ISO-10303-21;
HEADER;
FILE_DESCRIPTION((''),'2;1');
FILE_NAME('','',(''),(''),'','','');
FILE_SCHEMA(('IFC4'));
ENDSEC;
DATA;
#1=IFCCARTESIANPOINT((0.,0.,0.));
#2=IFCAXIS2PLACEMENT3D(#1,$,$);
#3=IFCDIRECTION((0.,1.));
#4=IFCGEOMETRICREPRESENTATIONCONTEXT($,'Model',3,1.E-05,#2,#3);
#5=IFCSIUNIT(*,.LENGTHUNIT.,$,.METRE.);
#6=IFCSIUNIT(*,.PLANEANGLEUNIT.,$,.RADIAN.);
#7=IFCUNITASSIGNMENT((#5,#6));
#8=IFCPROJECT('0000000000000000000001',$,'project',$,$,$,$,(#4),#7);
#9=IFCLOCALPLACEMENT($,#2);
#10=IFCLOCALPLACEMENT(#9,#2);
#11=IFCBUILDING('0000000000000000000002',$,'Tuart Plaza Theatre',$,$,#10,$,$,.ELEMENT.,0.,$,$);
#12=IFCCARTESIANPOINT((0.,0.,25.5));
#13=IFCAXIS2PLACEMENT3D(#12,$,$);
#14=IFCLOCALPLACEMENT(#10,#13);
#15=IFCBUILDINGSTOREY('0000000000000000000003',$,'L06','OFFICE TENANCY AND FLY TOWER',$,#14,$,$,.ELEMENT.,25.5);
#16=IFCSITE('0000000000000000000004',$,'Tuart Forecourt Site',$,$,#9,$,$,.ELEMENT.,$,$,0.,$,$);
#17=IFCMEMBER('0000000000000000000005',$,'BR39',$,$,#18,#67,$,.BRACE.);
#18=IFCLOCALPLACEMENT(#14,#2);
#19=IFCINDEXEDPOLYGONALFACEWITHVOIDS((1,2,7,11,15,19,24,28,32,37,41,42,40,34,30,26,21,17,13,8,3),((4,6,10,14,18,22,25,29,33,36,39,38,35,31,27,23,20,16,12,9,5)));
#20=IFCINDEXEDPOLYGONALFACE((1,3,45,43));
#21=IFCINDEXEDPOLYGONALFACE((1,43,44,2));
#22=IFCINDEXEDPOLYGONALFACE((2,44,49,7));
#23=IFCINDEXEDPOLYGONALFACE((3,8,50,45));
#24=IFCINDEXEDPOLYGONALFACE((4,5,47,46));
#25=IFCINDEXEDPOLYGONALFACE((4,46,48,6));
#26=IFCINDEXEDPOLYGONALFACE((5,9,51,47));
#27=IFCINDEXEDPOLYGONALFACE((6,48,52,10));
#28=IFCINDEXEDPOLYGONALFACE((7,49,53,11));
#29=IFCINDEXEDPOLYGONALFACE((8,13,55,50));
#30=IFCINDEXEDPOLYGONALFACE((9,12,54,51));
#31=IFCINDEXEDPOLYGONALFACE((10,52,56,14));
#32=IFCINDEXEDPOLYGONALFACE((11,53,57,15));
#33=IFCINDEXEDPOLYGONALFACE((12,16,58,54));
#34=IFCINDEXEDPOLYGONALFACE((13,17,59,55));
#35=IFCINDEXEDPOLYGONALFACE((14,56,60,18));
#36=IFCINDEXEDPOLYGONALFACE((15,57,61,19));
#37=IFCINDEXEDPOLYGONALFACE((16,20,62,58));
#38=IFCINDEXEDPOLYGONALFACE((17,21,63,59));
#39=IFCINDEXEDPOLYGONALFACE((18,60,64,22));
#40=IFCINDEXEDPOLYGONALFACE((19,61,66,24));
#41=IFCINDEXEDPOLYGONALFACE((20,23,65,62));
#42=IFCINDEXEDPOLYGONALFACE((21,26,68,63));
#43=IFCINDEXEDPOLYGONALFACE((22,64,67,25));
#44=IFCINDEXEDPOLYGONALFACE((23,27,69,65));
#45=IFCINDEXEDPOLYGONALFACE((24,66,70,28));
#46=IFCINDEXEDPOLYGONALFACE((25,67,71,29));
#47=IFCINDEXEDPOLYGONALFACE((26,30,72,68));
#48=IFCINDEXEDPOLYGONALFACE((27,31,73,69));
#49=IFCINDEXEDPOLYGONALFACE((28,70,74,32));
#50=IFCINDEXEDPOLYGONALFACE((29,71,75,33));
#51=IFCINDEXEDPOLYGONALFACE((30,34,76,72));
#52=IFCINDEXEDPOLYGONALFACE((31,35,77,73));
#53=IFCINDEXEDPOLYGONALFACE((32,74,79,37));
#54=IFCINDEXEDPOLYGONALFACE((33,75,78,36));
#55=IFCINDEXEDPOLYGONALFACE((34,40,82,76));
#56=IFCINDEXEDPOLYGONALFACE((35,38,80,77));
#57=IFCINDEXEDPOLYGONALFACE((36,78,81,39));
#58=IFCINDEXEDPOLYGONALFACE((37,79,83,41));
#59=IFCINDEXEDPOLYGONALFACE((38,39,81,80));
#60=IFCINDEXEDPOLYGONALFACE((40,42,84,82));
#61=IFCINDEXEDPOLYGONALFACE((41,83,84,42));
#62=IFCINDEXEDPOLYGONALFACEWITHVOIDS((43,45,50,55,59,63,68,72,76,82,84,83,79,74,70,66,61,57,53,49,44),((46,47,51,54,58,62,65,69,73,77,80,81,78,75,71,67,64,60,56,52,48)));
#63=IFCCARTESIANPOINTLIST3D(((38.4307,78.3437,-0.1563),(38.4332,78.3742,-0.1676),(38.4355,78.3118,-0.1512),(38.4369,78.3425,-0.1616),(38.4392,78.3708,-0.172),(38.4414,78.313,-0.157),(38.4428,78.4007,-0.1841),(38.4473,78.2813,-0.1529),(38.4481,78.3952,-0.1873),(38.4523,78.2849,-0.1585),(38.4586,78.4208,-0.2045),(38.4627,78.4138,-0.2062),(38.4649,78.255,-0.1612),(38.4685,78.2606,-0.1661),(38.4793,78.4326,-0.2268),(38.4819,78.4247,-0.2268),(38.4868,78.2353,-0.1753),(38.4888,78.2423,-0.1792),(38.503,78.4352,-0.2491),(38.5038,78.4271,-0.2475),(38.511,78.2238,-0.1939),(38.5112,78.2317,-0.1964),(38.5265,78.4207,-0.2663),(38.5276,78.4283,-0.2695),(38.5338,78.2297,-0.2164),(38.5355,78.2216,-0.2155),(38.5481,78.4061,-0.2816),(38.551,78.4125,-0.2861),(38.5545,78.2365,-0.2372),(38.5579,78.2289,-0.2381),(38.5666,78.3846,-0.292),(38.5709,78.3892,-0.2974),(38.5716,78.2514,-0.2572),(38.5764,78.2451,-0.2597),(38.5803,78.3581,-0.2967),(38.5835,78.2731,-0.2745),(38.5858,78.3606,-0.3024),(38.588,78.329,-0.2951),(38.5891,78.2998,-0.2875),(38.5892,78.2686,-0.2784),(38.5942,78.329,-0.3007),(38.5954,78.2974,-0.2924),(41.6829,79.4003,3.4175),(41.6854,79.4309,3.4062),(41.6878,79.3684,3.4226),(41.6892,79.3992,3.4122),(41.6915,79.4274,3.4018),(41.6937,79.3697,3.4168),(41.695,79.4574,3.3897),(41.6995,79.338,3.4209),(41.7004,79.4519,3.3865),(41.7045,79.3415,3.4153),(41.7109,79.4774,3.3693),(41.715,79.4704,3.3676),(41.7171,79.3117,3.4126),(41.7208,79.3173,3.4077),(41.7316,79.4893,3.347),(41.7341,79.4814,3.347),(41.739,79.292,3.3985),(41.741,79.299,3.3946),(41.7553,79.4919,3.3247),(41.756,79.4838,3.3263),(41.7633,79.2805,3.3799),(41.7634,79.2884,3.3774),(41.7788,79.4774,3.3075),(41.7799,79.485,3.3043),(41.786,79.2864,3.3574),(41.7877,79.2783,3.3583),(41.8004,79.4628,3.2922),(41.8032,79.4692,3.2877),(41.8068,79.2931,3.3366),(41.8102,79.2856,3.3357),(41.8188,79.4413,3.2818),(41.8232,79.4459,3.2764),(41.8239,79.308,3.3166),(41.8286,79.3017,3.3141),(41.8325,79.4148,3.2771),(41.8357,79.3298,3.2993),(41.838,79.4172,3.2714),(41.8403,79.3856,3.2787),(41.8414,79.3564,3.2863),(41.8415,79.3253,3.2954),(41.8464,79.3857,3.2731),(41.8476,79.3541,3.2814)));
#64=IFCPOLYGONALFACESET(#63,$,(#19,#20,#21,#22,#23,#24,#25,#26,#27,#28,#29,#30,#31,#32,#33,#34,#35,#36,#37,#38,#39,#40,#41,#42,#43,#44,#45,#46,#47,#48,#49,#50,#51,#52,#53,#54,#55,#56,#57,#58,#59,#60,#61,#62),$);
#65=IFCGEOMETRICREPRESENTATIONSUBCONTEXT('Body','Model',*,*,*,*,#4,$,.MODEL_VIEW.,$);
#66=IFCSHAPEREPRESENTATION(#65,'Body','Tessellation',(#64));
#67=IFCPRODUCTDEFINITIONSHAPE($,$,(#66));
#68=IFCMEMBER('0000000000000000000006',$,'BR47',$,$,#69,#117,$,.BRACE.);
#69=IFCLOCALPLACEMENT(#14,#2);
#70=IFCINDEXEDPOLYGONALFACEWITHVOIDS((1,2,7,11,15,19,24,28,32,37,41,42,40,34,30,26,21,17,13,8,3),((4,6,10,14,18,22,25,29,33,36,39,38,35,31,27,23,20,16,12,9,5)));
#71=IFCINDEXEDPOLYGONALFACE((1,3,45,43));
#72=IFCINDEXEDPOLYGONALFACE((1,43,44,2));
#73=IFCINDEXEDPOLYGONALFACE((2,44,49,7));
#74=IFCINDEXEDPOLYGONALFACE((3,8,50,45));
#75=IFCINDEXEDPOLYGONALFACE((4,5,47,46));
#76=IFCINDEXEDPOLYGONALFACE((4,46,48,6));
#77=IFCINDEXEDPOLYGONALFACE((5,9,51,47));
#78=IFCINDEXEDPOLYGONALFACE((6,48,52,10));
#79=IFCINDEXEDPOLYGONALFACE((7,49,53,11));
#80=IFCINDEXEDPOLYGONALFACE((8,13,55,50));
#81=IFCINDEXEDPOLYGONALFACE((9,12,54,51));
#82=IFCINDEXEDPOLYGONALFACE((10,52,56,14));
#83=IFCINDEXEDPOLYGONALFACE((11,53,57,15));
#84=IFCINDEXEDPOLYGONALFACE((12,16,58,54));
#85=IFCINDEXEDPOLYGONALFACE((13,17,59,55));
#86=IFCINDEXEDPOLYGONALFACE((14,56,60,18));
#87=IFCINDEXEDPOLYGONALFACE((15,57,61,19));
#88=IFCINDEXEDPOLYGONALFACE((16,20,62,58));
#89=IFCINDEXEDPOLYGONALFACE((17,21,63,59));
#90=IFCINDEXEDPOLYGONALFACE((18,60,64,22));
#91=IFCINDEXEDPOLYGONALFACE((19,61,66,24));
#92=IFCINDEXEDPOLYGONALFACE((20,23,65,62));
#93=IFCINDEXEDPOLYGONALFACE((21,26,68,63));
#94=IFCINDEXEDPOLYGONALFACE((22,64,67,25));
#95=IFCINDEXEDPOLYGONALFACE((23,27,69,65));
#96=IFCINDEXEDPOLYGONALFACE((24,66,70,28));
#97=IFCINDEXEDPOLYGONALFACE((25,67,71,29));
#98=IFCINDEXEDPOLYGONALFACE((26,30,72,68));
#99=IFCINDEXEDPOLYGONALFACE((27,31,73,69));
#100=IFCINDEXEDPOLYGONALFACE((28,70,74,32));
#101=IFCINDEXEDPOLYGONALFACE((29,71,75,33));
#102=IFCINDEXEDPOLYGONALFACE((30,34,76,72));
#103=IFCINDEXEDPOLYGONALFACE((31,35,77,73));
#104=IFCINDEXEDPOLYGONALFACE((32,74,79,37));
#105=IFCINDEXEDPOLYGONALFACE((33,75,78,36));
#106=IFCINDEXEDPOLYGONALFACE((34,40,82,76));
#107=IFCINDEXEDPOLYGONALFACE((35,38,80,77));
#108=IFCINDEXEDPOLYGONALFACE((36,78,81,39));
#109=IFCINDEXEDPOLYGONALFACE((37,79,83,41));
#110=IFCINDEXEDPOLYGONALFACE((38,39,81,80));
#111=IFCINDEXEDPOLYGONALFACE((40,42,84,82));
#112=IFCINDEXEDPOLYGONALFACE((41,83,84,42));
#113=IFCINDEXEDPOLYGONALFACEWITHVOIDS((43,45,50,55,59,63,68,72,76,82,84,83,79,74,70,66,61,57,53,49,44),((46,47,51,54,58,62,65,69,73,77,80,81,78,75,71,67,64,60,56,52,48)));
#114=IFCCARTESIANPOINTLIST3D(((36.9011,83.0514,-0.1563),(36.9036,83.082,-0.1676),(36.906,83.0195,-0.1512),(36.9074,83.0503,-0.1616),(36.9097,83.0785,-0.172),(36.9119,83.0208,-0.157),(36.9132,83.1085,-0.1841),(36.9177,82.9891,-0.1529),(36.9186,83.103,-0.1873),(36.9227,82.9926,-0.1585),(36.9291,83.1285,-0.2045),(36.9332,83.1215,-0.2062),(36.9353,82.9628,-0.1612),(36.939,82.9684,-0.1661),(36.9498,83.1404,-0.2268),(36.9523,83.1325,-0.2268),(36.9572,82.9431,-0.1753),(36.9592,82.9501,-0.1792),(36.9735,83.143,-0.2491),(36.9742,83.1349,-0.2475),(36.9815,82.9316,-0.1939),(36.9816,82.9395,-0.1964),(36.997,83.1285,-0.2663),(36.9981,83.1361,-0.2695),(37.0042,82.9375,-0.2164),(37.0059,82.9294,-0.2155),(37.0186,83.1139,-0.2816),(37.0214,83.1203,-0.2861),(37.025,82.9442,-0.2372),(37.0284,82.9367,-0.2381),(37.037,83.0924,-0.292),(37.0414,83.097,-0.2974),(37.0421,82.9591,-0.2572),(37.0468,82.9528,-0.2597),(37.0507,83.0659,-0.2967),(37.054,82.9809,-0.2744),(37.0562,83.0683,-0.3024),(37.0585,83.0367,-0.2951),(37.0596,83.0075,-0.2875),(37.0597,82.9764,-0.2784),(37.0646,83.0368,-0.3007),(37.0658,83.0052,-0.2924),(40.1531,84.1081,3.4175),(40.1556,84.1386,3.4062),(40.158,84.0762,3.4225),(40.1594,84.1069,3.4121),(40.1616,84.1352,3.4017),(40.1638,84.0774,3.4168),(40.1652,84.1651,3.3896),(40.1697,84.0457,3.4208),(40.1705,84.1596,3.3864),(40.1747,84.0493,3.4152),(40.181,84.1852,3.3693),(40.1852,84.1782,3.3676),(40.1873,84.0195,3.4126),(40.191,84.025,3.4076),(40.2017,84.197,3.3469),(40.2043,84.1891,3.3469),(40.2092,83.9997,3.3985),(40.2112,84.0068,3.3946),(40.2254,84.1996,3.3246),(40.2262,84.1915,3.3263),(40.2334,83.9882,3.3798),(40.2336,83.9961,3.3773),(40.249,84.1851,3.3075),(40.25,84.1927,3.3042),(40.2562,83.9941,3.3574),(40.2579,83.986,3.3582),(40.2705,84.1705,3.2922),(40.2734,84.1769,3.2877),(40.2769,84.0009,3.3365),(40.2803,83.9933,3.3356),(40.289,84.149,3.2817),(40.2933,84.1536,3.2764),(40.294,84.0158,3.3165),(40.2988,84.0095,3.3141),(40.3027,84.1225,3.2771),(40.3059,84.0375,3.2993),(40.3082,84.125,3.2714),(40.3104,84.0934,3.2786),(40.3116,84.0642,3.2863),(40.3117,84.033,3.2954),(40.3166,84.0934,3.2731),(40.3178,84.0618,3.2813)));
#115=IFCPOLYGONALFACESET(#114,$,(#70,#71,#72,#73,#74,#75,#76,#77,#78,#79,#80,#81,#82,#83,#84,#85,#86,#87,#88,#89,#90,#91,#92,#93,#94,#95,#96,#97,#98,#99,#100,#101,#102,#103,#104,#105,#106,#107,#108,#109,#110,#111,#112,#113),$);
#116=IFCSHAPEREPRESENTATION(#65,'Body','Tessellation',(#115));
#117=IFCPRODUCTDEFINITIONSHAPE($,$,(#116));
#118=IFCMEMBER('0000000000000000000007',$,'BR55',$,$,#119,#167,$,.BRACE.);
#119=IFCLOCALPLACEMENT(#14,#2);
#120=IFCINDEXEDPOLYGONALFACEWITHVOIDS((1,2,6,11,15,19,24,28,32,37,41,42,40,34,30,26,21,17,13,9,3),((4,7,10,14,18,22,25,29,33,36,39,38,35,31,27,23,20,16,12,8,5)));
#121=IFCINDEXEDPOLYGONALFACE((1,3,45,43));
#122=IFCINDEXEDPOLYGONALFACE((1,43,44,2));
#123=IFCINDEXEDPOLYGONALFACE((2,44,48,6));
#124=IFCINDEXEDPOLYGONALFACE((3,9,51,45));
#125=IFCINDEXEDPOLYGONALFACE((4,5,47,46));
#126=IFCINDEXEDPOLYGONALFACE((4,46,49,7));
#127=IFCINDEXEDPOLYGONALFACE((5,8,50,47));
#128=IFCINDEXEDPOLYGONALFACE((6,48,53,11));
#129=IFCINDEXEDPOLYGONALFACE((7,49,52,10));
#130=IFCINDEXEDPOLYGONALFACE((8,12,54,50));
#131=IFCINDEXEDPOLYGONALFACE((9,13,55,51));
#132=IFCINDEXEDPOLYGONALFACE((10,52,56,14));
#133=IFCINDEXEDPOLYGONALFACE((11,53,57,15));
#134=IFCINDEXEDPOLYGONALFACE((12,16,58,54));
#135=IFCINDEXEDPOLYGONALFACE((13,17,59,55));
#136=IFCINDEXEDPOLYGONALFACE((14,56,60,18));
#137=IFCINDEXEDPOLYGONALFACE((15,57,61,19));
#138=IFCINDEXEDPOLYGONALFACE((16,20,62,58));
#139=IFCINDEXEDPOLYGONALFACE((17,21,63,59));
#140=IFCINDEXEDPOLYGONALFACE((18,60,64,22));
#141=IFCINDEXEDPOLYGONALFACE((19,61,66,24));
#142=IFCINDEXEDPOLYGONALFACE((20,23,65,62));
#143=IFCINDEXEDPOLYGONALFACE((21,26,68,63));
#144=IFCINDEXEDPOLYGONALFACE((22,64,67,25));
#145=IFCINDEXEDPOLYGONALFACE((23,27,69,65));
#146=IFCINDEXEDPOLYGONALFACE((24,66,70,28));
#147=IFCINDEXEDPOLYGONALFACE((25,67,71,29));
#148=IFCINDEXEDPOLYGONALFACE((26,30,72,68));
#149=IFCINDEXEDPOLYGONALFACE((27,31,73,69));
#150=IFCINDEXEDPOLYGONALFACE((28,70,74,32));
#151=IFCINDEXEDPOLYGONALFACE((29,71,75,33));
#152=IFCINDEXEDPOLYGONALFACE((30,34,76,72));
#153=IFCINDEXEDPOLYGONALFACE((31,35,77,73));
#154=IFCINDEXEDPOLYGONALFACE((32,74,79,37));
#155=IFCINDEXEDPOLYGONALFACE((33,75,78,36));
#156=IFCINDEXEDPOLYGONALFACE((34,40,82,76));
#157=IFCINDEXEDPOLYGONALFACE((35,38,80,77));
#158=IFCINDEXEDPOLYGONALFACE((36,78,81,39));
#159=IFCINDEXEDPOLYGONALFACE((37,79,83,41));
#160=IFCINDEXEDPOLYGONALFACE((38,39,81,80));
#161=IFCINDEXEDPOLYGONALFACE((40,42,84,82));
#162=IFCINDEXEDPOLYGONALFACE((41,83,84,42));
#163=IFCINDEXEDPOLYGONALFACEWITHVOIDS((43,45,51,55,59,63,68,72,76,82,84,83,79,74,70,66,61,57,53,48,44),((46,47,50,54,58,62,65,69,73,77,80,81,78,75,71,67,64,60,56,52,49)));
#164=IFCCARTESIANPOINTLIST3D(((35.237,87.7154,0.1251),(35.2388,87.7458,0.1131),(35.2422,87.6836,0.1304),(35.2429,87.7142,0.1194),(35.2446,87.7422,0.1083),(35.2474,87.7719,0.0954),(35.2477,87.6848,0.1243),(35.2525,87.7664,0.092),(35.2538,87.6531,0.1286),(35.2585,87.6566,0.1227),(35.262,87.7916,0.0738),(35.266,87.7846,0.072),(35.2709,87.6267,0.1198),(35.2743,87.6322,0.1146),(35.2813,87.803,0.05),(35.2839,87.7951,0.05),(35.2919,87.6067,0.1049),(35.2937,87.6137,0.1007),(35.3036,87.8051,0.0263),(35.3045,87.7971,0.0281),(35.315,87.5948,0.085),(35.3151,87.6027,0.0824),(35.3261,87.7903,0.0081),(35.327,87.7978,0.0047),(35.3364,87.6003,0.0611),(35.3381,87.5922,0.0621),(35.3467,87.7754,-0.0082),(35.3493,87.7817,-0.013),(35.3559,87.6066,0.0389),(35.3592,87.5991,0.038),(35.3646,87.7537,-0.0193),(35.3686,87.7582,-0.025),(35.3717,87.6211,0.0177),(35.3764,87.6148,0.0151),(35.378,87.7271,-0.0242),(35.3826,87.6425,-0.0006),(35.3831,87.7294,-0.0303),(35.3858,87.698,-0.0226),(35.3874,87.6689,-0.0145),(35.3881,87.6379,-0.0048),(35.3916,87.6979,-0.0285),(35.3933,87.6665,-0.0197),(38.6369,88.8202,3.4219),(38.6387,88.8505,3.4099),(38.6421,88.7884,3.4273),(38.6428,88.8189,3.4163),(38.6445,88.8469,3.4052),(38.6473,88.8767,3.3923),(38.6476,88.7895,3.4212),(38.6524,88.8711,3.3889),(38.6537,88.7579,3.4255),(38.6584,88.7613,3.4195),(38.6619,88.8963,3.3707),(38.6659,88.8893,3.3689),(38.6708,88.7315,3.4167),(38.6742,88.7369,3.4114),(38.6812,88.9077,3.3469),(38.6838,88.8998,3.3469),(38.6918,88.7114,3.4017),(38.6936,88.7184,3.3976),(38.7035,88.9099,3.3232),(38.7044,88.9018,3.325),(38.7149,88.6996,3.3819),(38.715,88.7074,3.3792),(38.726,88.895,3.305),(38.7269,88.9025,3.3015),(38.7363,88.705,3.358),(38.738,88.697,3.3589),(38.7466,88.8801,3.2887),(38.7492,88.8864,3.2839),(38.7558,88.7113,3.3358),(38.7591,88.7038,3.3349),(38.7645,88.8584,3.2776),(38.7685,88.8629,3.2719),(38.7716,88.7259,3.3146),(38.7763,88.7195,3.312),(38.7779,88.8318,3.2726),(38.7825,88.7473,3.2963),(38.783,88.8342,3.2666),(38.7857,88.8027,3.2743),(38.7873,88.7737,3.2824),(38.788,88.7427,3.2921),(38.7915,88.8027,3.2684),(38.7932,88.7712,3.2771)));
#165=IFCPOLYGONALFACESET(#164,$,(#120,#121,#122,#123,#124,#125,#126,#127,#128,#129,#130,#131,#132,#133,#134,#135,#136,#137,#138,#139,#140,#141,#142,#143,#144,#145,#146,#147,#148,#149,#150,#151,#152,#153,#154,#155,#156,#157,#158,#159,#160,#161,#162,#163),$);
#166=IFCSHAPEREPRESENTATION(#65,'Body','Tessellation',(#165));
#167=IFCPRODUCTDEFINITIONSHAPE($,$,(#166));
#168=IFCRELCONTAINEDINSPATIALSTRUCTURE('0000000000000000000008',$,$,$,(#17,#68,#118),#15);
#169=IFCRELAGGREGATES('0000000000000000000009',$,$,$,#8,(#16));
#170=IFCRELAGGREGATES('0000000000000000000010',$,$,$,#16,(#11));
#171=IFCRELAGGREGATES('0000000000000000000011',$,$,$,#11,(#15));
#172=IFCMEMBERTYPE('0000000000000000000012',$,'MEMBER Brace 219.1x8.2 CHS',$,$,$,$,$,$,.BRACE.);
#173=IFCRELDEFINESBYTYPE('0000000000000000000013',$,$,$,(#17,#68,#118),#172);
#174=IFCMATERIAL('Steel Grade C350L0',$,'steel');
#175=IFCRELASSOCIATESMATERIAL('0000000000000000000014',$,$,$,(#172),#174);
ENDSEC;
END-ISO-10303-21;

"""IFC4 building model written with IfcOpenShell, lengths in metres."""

from ifc_helpers import new_model, si_unit, direction, frame, origin, origin_2d, place, context, subcontext, project, spatial, hollow_circle, extrude, material, material_profile, profile_set, type_object, element, save


model = new_model("IFC4")

# Units and contexts
model_context = context("Model", 3, precision=1e-05, world=origin(), true_north=direction((0.0, 1.0)))
body_context = subcontext(model_context, "Body", "Model", "MODEL_VIEW")
ifc_project = project(units=[si_unit("LENGTHUNIT", "METRE"), si_unit("PLANEANGLEUNIT", "RADIAN")], contexts=[model_context])

# Site, building, storey
site_placement = place(None, origin())
site = spatial("IfcSite", under=ifc_project, at=site_placement, Name="Tuart Forecourt Site", CompositionType="ELEMENT", RefElevation=0.0)
building_placement = place(site_placement, origin())
building = spatial("IfcBuilding", under=site, at=building_placement, Name="Tuart Plaza Theatre", CompositionType="ELEMENT", ElevationOfRefHeight=0.0)
storey_placement = place(building_placement, frame((0.0, 0.0, 25.5)))
storey = spatial("IfcBuildingStorey", under=building, at=storey_placement, Name="L06", Description="OFFICE TENANCY AND FLY TOWER", CompositionType="ELEMENT", Elevation=25.5)

# Members
ifc_material_1 = material(Name="Steel Grade C350L0", Category="steel")
ifc_material_profile_1 = material_profile(ifc_material_1, hollow_circle(Radius=0.1096, WallThickness=0.0083, at=origin_2d()), Name="219.1x8.2 CHS")
ifc_profile_set_1 = profile_set([ifc_material_profile_1], Name="Steel Grade C350L0")
member_type_1 = type_object("IfcMemberType", Name="MEMBER Brace 219.1x8.2 CHS", PredefinedType="BRACE", material=ifc_profile_set_1)
member_1_placement = place(storey_placement, frame((38.5132, 78.3284, -0.2268), z_axis=(0.657515, 0.213627, 0.722521), x_axis=(-0.309001, 0.951062, 0.0)))
element("IfcMember", 1, at=member_1_placement, inside=storey, type_object=member_type_1, Name="BR39", PredefinedType="BRACE", context=body_context, shape_type="SweptSolid", body=[
    extrude(hollow_circle(Radius=0.1096, WallThickness=0.0083, at=origin_2d()), origin(), (0.0, 0.0, 1.0), 4.9463),
])
member_2_placement = place(storey_placement, frame((36.9836, 83.0361, -0.2268), z_axis=(0.657487, 0.213634, 0.722545), x_axis=(-0.309021, 0.951055, 0.0)))
element("IfcMember", 2, at=member_2_placement, inside=storey, type_object=member_type_1, Name="BR47", PredefinedType="BRACE", context=body_context, shape_type="SweptSolid", body=[
    extrude(hollow_circle(Radius=0.1096, WallThickness=0.0083, at=origin_2d()), origin(), (0.0, 0.0, 1.0), 4.946),
])
member_3_placement = place(storey_placement, frame((35.3152, 87.6987, 0.05), z_axis=(0.699131, 0.22717, 0.677945), x_axis=(-0.309027, 0.951053, 0.0)))
element("IfcMember", 3, at=member_3_placement, inside=storey, type_object=member_type_1, Name="BR55", PredefinedType="BRACE", context=body_context, shape_type="SweptSolid", body=[
    extrude(hollow_circle(Radius=0.1096, WallThickness=0.0083, at=origin_2d()), origin(), (0.0, 0.0, 1.0), 4.863),
])

save(model, "model.ifc")
